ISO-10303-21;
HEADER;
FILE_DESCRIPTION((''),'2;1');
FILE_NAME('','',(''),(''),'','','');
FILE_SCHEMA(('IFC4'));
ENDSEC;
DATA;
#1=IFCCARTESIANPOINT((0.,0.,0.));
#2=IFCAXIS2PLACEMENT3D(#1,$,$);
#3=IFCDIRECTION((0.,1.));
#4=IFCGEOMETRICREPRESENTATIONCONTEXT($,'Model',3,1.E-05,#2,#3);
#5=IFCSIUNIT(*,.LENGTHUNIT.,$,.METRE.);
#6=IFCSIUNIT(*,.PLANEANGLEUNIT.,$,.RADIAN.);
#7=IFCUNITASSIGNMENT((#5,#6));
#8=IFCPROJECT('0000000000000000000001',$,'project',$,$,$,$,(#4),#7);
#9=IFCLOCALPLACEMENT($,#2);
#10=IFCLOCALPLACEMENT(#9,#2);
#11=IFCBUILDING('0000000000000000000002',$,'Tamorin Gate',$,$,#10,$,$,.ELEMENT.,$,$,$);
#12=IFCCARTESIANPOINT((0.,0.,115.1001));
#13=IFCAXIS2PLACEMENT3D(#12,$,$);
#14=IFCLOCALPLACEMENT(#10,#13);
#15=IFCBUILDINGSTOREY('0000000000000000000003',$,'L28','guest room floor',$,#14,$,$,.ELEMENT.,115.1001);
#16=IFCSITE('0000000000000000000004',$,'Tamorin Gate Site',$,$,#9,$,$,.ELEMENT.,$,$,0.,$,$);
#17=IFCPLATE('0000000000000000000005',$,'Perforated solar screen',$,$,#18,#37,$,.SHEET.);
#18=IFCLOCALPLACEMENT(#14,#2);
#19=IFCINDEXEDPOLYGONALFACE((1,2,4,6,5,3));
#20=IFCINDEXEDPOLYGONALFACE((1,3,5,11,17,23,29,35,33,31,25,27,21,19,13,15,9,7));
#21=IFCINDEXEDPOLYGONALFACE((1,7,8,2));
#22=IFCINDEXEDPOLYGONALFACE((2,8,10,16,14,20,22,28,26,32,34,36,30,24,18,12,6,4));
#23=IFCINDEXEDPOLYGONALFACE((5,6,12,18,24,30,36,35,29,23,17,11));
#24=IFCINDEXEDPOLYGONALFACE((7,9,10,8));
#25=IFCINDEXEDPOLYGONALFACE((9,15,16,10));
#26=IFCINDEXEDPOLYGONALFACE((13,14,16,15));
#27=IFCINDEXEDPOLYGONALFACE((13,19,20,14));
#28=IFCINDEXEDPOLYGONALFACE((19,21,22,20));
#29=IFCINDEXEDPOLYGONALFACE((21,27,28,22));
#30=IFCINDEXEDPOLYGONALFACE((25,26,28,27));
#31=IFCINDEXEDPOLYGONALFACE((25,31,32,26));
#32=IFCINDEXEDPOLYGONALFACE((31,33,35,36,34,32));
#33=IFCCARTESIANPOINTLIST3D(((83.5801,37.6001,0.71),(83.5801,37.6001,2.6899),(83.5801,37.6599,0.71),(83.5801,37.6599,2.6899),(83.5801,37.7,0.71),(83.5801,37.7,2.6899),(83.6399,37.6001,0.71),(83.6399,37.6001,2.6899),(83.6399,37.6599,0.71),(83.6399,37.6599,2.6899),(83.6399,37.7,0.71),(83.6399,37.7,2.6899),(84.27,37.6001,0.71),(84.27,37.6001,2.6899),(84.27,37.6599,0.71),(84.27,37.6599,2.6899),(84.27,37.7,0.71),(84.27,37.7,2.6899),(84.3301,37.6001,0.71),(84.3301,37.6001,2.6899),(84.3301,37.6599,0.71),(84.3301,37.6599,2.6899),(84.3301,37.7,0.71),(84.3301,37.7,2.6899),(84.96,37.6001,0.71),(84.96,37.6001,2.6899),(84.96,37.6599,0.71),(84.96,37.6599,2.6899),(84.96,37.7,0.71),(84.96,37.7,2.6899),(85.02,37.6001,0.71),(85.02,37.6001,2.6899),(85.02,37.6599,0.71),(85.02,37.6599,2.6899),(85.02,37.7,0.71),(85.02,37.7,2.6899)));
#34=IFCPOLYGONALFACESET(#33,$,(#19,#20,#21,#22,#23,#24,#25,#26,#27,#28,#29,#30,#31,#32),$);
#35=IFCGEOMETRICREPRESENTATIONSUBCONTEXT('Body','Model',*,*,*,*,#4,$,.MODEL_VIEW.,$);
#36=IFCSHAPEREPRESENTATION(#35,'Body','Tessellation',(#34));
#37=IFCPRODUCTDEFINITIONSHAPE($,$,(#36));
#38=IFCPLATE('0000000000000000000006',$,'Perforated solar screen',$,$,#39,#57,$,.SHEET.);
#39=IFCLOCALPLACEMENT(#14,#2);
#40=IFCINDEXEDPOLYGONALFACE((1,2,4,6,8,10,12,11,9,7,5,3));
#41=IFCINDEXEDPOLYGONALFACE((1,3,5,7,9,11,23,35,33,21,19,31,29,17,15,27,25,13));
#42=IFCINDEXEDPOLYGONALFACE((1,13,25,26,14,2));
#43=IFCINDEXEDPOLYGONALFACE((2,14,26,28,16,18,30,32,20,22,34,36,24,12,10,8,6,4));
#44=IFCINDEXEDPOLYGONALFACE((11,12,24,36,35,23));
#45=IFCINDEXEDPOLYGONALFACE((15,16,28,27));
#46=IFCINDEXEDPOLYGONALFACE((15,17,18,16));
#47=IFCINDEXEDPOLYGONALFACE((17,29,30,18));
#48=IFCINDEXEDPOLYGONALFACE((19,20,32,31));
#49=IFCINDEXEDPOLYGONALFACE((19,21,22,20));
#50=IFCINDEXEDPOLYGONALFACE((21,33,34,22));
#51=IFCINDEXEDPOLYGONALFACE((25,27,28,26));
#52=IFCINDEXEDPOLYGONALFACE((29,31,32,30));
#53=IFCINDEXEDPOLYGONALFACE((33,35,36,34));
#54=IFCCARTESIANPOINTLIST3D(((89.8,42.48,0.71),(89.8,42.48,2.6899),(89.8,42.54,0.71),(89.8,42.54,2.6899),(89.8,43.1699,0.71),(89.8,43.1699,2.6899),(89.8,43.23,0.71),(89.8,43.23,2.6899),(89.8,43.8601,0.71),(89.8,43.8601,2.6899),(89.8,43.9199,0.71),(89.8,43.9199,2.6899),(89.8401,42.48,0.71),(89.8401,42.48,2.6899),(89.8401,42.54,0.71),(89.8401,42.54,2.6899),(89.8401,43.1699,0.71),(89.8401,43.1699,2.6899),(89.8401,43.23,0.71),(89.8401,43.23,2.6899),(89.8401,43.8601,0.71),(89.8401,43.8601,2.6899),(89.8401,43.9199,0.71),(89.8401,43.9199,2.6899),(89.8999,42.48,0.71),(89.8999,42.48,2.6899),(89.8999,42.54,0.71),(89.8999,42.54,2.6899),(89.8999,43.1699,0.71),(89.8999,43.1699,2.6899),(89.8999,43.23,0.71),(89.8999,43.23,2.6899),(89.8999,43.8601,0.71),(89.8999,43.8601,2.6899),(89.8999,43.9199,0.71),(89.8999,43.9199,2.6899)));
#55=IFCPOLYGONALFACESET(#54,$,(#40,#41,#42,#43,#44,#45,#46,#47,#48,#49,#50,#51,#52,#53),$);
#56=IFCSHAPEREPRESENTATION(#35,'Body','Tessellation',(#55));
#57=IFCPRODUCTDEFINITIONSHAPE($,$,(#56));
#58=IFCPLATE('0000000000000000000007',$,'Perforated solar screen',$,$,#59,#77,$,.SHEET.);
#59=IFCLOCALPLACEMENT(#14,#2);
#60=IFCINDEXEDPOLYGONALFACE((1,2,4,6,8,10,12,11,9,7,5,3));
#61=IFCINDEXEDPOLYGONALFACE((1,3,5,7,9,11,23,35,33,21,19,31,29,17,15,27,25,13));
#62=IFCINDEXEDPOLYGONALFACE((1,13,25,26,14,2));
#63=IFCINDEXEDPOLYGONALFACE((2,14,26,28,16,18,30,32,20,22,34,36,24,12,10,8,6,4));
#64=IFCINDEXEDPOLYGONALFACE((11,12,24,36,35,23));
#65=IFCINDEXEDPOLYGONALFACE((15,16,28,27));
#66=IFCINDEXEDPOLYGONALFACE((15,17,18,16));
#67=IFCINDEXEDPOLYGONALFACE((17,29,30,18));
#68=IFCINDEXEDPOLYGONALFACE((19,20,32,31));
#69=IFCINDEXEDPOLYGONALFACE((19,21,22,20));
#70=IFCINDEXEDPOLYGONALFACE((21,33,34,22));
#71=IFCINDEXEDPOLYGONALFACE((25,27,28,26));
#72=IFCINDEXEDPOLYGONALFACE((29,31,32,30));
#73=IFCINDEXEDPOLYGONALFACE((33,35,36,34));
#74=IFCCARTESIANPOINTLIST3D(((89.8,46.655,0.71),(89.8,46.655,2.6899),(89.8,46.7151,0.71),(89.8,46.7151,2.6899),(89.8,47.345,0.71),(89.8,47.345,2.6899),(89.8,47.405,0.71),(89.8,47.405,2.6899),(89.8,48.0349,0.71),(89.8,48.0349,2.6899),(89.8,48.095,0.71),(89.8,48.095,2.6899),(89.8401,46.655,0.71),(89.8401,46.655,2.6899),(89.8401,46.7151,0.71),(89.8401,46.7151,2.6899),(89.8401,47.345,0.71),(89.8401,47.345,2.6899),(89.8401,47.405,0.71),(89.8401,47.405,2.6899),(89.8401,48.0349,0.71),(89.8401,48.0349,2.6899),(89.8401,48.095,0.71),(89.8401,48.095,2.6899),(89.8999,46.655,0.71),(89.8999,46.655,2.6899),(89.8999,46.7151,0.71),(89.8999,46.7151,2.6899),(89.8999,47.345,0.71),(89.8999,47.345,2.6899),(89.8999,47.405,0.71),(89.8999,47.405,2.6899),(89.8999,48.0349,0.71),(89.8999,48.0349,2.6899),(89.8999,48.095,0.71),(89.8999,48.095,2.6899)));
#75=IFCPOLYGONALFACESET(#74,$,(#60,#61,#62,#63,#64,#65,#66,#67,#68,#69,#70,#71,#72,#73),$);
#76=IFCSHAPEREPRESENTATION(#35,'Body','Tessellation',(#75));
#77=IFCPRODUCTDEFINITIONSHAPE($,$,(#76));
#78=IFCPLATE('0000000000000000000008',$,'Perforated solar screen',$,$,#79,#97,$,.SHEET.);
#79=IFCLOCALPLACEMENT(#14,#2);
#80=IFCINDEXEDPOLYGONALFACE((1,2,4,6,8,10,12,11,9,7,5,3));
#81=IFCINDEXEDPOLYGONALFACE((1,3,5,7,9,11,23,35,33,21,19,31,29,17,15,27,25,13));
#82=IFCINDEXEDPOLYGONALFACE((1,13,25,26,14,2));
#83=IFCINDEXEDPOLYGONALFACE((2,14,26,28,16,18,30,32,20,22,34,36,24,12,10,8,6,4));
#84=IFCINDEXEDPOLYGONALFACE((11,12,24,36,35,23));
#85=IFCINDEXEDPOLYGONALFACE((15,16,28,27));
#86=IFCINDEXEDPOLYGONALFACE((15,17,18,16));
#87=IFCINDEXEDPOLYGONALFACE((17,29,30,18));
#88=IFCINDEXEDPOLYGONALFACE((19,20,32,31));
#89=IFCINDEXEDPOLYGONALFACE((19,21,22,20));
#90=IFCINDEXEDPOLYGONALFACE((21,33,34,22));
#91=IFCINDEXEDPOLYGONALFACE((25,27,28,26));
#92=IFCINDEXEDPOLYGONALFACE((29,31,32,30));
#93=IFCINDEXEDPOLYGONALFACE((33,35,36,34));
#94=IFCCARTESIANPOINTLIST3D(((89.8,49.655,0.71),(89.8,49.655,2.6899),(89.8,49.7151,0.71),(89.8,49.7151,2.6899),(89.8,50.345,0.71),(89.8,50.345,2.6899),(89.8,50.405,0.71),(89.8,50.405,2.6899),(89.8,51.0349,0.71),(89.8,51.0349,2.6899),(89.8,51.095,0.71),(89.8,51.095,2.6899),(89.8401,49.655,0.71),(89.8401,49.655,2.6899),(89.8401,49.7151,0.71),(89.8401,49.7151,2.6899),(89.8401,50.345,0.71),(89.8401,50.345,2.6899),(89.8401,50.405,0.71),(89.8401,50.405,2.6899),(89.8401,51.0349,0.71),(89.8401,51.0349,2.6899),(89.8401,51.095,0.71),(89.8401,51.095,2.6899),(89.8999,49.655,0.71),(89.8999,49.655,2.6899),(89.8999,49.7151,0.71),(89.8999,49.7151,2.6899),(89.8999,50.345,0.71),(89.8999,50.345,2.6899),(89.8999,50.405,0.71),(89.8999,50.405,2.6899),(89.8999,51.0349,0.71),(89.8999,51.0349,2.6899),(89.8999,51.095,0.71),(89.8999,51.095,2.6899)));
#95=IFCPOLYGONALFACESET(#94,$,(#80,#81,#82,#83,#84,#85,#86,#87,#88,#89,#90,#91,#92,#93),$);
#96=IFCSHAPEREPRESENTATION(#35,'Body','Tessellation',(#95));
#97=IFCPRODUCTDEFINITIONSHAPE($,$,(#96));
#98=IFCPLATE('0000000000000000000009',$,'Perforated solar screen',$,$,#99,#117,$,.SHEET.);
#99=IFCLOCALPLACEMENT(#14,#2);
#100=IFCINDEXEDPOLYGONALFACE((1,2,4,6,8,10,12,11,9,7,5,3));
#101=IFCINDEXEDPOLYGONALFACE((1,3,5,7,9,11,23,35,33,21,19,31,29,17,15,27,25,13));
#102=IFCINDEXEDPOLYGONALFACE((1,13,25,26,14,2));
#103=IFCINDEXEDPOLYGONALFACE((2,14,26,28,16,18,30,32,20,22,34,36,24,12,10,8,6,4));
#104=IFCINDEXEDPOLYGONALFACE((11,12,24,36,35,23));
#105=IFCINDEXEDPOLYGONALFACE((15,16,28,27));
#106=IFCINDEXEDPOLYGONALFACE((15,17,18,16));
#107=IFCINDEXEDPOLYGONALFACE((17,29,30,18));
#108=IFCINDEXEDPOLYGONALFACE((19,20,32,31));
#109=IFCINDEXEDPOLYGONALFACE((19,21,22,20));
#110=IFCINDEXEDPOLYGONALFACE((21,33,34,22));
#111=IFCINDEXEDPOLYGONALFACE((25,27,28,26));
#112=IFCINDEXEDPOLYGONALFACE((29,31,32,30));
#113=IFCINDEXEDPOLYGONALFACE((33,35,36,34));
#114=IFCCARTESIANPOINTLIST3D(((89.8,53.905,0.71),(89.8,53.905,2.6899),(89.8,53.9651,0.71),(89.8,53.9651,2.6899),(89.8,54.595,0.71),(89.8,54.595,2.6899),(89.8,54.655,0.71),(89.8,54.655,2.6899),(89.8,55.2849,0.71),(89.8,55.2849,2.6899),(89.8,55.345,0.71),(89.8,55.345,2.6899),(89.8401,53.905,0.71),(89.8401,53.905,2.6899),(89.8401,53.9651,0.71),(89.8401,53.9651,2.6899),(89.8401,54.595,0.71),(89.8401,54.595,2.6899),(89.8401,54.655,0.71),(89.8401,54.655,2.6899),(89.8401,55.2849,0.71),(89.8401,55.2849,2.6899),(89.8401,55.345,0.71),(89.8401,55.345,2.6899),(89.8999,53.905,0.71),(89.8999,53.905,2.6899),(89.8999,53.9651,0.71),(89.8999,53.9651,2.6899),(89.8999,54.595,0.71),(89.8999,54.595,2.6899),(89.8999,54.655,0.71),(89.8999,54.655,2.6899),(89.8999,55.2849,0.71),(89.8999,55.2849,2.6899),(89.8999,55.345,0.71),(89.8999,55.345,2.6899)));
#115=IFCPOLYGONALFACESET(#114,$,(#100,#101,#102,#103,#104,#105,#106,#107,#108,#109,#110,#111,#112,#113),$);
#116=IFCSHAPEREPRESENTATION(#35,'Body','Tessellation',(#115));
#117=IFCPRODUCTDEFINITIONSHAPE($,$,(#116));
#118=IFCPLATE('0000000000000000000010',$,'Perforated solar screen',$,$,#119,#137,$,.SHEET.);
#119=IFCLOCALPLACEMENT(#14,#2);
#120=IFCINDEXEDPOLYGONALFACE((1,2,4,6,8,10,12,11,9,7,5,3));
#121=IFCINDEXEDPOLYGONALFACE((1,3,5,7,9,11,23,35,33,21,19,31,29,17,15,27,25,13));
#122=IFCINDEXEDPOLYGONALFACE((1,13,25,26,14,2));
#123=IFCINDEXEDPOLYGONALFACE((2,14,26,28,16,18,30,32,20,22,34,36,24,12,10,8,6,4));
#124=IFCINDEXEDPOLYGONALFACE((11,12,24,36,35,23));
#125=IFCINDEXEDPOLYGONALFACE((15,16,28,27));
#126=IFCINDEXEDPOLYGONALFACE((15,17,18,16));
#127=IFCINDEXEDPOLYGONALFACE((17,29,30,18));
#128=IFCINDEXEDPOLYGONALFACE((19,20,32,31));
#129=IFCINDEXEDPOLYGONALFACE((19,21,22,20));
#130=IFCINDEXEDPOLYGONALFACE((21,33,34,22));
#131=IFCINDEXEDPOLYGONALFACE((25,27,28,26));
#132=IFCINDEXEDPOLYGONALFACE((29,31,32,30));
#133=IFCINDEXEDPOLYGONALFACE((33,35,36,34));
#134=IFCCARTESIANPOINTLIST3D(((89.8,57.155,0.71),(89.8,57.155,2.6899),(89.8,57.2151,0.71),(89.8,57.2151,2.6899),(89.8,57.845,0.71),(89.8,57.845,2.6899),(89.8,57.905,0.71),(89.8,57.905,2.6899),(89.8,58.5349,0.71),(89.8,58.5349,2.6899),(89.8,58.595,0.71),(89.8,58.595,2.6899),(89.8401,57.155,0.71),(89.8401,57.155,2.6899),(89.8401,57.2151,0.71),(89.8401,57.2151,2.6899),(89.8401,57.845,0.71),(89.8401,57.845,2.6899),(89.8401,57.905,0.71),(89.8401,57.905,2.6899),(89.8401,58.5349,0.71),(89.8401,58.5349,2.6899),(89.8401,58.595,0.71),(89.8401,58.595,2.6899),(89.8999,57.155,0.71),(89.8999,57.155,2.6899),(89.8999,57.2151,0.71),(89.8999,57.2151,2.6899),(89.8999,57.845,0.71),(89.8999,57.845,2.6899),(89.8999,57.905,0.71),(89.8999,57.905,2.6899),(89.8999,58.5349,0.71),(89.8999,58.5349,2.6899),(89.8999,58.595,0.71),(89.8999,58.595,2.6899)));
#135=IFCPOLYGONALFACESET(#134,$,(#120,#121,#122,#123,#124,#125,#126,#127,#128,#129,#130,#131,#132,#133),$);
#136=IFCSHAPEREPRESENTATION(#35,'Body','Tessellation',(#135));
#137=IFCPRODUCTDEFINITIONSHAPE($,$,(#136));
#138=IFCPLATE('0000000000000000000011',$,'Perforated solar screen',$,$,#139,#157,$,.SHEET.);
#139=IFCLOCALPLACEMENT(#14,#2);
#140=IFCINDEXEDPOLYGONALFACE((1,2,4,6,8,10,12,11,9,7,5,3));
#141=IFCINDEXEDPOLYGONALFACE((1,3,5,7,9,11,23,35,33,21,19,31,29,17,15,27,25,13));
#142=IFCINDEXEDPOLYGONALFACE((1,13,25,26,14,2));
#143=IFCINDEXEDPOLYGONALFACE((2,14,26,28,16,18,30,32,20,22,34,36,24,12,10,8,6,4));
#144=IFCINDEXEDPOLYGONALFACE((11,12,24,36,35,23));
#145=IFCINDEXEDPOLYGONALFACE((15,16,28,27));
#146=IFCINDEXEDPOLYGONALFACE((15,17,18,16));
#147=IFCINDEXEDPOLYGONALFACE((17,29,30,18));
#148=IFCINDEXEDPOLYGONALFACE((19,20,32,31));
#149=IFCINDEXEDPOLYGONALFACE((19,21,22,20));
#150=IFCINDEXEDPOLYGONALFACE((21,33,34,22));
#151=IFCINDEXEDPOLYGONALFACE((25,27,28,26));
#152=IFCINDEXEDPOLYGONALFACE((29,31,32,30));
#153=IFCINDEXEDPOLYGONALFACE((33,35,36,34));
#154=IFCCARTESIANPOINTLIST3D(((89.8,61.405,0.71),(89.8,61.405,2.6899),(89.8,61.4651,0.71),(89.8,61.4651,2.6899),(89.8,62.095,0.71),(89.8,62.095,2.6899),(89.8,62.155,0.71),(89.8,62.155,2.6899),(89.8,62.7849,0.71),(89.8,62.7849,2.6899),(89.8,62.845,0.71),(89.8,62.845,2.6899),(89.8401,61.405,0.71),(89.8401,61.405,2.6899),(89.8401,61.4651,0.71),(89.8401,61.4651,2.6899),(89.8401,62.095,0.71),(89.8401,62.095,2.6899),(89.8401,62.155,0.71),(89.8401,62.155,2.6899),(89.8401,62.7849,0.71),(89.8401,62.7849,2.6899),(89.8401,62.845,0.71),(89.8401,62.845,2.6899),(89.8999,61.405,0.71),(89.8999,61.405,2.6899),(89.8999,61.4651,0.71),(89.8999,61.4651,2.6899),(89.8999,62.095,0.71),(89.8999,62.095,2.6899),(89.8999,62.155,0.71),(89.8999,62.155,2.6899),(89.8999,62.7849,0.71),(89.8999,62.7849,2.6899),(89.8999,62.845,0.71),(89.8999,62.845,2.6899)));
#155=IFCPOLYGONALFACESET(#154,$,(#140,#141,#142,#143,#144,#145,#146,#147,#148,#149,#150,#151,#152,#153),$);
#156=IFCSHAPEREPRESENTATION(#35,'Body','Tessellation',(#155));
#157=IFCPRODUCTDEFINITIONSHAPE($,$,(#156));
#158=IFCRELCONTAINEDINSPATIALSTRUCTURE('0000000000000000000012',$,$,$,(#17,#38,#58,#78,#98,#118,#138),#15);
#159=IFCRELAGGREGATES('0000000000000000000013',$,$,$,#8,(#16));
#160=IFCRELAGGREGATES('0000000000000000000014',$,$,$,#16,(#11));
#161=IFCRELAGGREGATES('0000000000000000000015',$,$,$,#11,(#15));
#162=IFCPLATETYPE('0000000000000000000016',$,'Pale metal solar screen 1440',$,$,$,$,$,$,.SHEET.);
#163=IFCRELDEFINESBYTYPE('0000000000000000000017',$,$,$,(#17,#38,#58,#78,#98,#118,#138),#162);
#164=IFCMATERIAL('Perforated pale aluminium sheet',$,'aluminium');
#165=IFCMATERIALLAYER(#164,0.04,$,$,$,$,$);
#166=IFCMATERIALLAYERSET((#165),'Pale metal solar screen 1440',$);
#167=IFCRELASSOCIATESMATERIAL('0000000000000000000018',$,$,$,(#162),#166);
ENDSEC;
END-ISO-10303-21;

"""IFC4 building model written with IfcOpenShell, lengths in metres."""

from ifc_helpers import new_model, si_unit, direction, frame, origin, place, context, subcontext, project, spatial, polyline, outline, extrude, material, layer, layer_set, type_object, element, save


model = new_model("IFC4")

# Units and contexts
model_context = context("Model", 3, precision=1e-05, world=origin(), true_north=direction((0.0, 1.0)))
body_context = subcontext(model_context, "Body", "Model", "MODEL_VIEW")
ifc_project = project(units=[si_unit("LENGTHUNIT", "METRE"), si_unit("PLANEANGLEUNIT", "RADIAN")], contexts=[model_context])

# Site, building, storey
site_placement = place(None, origin())
site = spatial("IfcSite", under=ifc_project, at=site_placement, Name="Tamorin Gate Site", CompositionType="ELEMENT", RefElevation=0.0)
building_placement = place(site_placement, origin())
building = spatial("IfcBuilding", under=site, at=building_placement, Name="Tamorin Gate", CompositionType="ELEMENT")
storey_placement = place(building_placement, frame((0.0, 0.0, 115.1001)))
storey = spatial("IfcBuildingStorey", under=building, at=storey_placement, Name="L28", Description="guest room floor", CompositionType="ELEMENT", Elevation=115.1001)

# Plates
ifc_material_1 = material(Name="Perforated pale aluminium sheet", Category="aluminium")
ifc_layer_1 = layer(ifc_material_1, 0.04)
ifc_layer_set_1 = layer_set([ifc_layer_1], Name="Pale metal solar screen 1440")
plate_type = type_object("IfcPlateType", Name="Pale metal solar screen 1440", PredefinedType="SHEET", material=ifc_layer_set_1)
plate_1_placement = place(storey_placement, frame((0.0, 0.0, 0.71)))
element("IfcPlate", 1, at=plate_1_placement, inside=storey, type_object=plate_type, Name="Perforated solar screen", PredefinedType="SHEET", context=body_context, shape_type="SweptSolid", body=[
    extrude(outline(polyline([(83.5801, 37.6599), (83.5801, 37.7), (83.6399, 37.7), (84.27, 37.7), (84.3301, 37.7), (84.96, 37.7), (85.02, 37.7), (85.02, 37.6599), (85.02, 37.6001), (84.96, 37.6001), (84.96, 37.6599), (84.3301, 37.6599), (84.3301, 37.6001), (84.27, 37.6001), (84.27, 37.6599), (83.6399, 37.6599), (83.6399, 37.6001), (83.5801, 37.6001), (83.5801, 37.6599)])), origin(), (0.0, 0.0, 1.0), 1.98),
])
plate_2_placement = place(storey_placement, frame((0.0, 0.0, 0.71)))
element("IfcPlate", 2, at=plate_2_placement, inside=storey, type_object=plate_type, Name="Perforated solar screen", PredefinedType="SHEET", context=body_context, shape_type="SweptSolid", body=[
    extrude(outline(polyline([(89.8401, 42.48), (89.8, 42.48), (89.8, 42.54), (89.8, 43.1699), (89.8, 43.23), (89.8, 43.8601), (89.8, 43.9199), (89.8401, 43.9199), (89.8999, 43.9199), (89.8999, 43.8601), (89.8401, 43.8601), (89.8401, 43.23), (89.8999, 43.23), (89.8999, 43.1699), (89.8401, 43.1699), (89.8401, 42.54), (89.8999, 42.54), (89.8999, 42.48), (89.8401, 42.48)])), origin(), (0.0, 0.0, 1.0), 1.98),
])
plate_3_placement = place(storey_placement, frame((0.0, 0.0, 0.71)))
element("IfcPlate", 3, at=plate_3_placement, inside=storey, type_object=plate_type, Name="Perforated solar screen", PredefinedType="SHEET", context=body_context, shape_type="SweptSolid", body=[
    extrude(outline(polyline([(89.8401, 46.655), (89.8, 46.655), (89.8, 46.7151), (89.8, 47.345), (89.8, 47.405), (89.8, 48.0349), (89.8, 48.095), (89.8, 48.095), (89.8401, 48.095), (89.8401, 48.095), (89.8999, 48.095), (89.8999, 48.0349), (89.8401, 48.0349), (89.8401, 47.405), (89.8999, 47.405), (89.8999, 47.345), (89.8401, 47.345), (89.8401, 46.7151), (89.8999, 46.7151), (89.8999, 46.655), (89.8401, 46.655)])), origin(), (0.0, 0.0, 1.0), 1.98),
])
plate_4_placement = place(storey_placement, frame((0.0, 0.0, 0.71)))
element("IfcPlate", 4, at=plate_4_placement, inside=storey, type_object=plate_type, Name="Perforated solar screen", PredefinedType="SHEET", context=body_context, shape_type="SweptSolid", body=[
    extrude(outline(polyline([(89.8401, 49.655), (89.8, 49.655), (89.8, 49.7151), (89.8, 50.345), (89.8, 50.405), (89.8, 51.0349), (89.8, 51.095), (89.8401, 51.095), (89.8999, 51.095), (89.8999, 51.0349), (89.8401, 51.0349), (89.8401, 50.405), (89.8999, 50.405), (89.8999, 50.345), (89.8401, 50.345), (89.8401, 49.7151), (89.8999, 49.7151), (89.8999, 49.655), (89.8401, 49.655)])), origin(), (0.0, 0.0, 1.0), 1.98),
])
plate_5_placement = place(storey_placement, frame((0.0, 0.0, 0.71)))
element("IfcPlate", 5, at=plate_5_placement, inside=storey, type_object=plate_type, Name="Perforated solar screen", PredefinedType="SHEET", context=body_context, shape_type="SweptSolid", body=[
    extrude(outline(polyline([(89.8401, 53.905), (89.8, 53.905), (89.8, 53.9651), (89.8, 54.595), (89.8, 54.655), (89.8, 55.2849), (89.8, 55.345), (89.8401, 55.345), (89.8999, 55.345), (89.8999, 55.2849), (89.8401, 55.2849), (89.8401, 54.655), (89.8999, 54.655), (89.8999, 54.595), (89.8401, 54.595), (89.8401, 53.9651), (89.8999, 53.9651), (89.8999, 53.905), (89.8401, 53.905)])), origin(), (0.0, 0.0, 1.0), 1.98),
])
plate_6_placement = place(storey_placement, frame((0.0, 0.0, 0.71)))
element("IfcPlate", 6, at=plate_6_placement, inside=storey, type_object=plate_type, Name="Perforated solar screen", PredefinedType="SHEET", context=body_context, shape_type="SweptSolid", body=[
    extrude(outline(polyline([(89.8401, 57.155), (89.8, 57.155), (89.8, 57.2151), (89.8, 57.845), (89.8, 57.905), (89.8, 58.5349), (89.8, 58.595), (89.8401, 58.595), (89.8999, 58.595), (89.8999, 58.5349), (89.8401, 58.5349), (89.8401, 57.905), (89.8999, 57.905), (89.8999, 57.845), (89.8401, 57.845), (89.8401, 57.2151), (89.8999, 57.2151), (89.8999, 57.155), (89.8401, 57.155)])), origin(), (0.0, 0.0, 1.0), 1.98),
])
plate_7_placement = place(storey_placement, frame((0.0, 0.0, 0.71)))
element("IfcPlate", 7, at=plate_7_placement, inside=storey, type_object=plate_type, Name="Perforated solar screen", PredefinedType="SHEET", context=body_context, shape_type="SweptSolid", body=[
    extrude(outline(polyline([(89.8401, 61.405), (89.8, 61.405), (89.8, 61.4651), (89.8, 62.095), (89.8, 62.155), (89.8, 62.7849), (89.8, 62.845), (89.8401, 62.845), (89.8999, 62.845), (89.8999, 62.7849), (89.8401, 62.7849), (89.8401, 62.155), (89.8999, 62.155), (89.8999, 62.095), (89.8401, 62.095), (89.8401, 61.4651), (89.8999, 61.4651), (89.8999, 61.405), (89.8401, 61.405)])), origin(), (0.0, 0.0, 1.0), 1.98),
])

save(model, "model.ifc")
